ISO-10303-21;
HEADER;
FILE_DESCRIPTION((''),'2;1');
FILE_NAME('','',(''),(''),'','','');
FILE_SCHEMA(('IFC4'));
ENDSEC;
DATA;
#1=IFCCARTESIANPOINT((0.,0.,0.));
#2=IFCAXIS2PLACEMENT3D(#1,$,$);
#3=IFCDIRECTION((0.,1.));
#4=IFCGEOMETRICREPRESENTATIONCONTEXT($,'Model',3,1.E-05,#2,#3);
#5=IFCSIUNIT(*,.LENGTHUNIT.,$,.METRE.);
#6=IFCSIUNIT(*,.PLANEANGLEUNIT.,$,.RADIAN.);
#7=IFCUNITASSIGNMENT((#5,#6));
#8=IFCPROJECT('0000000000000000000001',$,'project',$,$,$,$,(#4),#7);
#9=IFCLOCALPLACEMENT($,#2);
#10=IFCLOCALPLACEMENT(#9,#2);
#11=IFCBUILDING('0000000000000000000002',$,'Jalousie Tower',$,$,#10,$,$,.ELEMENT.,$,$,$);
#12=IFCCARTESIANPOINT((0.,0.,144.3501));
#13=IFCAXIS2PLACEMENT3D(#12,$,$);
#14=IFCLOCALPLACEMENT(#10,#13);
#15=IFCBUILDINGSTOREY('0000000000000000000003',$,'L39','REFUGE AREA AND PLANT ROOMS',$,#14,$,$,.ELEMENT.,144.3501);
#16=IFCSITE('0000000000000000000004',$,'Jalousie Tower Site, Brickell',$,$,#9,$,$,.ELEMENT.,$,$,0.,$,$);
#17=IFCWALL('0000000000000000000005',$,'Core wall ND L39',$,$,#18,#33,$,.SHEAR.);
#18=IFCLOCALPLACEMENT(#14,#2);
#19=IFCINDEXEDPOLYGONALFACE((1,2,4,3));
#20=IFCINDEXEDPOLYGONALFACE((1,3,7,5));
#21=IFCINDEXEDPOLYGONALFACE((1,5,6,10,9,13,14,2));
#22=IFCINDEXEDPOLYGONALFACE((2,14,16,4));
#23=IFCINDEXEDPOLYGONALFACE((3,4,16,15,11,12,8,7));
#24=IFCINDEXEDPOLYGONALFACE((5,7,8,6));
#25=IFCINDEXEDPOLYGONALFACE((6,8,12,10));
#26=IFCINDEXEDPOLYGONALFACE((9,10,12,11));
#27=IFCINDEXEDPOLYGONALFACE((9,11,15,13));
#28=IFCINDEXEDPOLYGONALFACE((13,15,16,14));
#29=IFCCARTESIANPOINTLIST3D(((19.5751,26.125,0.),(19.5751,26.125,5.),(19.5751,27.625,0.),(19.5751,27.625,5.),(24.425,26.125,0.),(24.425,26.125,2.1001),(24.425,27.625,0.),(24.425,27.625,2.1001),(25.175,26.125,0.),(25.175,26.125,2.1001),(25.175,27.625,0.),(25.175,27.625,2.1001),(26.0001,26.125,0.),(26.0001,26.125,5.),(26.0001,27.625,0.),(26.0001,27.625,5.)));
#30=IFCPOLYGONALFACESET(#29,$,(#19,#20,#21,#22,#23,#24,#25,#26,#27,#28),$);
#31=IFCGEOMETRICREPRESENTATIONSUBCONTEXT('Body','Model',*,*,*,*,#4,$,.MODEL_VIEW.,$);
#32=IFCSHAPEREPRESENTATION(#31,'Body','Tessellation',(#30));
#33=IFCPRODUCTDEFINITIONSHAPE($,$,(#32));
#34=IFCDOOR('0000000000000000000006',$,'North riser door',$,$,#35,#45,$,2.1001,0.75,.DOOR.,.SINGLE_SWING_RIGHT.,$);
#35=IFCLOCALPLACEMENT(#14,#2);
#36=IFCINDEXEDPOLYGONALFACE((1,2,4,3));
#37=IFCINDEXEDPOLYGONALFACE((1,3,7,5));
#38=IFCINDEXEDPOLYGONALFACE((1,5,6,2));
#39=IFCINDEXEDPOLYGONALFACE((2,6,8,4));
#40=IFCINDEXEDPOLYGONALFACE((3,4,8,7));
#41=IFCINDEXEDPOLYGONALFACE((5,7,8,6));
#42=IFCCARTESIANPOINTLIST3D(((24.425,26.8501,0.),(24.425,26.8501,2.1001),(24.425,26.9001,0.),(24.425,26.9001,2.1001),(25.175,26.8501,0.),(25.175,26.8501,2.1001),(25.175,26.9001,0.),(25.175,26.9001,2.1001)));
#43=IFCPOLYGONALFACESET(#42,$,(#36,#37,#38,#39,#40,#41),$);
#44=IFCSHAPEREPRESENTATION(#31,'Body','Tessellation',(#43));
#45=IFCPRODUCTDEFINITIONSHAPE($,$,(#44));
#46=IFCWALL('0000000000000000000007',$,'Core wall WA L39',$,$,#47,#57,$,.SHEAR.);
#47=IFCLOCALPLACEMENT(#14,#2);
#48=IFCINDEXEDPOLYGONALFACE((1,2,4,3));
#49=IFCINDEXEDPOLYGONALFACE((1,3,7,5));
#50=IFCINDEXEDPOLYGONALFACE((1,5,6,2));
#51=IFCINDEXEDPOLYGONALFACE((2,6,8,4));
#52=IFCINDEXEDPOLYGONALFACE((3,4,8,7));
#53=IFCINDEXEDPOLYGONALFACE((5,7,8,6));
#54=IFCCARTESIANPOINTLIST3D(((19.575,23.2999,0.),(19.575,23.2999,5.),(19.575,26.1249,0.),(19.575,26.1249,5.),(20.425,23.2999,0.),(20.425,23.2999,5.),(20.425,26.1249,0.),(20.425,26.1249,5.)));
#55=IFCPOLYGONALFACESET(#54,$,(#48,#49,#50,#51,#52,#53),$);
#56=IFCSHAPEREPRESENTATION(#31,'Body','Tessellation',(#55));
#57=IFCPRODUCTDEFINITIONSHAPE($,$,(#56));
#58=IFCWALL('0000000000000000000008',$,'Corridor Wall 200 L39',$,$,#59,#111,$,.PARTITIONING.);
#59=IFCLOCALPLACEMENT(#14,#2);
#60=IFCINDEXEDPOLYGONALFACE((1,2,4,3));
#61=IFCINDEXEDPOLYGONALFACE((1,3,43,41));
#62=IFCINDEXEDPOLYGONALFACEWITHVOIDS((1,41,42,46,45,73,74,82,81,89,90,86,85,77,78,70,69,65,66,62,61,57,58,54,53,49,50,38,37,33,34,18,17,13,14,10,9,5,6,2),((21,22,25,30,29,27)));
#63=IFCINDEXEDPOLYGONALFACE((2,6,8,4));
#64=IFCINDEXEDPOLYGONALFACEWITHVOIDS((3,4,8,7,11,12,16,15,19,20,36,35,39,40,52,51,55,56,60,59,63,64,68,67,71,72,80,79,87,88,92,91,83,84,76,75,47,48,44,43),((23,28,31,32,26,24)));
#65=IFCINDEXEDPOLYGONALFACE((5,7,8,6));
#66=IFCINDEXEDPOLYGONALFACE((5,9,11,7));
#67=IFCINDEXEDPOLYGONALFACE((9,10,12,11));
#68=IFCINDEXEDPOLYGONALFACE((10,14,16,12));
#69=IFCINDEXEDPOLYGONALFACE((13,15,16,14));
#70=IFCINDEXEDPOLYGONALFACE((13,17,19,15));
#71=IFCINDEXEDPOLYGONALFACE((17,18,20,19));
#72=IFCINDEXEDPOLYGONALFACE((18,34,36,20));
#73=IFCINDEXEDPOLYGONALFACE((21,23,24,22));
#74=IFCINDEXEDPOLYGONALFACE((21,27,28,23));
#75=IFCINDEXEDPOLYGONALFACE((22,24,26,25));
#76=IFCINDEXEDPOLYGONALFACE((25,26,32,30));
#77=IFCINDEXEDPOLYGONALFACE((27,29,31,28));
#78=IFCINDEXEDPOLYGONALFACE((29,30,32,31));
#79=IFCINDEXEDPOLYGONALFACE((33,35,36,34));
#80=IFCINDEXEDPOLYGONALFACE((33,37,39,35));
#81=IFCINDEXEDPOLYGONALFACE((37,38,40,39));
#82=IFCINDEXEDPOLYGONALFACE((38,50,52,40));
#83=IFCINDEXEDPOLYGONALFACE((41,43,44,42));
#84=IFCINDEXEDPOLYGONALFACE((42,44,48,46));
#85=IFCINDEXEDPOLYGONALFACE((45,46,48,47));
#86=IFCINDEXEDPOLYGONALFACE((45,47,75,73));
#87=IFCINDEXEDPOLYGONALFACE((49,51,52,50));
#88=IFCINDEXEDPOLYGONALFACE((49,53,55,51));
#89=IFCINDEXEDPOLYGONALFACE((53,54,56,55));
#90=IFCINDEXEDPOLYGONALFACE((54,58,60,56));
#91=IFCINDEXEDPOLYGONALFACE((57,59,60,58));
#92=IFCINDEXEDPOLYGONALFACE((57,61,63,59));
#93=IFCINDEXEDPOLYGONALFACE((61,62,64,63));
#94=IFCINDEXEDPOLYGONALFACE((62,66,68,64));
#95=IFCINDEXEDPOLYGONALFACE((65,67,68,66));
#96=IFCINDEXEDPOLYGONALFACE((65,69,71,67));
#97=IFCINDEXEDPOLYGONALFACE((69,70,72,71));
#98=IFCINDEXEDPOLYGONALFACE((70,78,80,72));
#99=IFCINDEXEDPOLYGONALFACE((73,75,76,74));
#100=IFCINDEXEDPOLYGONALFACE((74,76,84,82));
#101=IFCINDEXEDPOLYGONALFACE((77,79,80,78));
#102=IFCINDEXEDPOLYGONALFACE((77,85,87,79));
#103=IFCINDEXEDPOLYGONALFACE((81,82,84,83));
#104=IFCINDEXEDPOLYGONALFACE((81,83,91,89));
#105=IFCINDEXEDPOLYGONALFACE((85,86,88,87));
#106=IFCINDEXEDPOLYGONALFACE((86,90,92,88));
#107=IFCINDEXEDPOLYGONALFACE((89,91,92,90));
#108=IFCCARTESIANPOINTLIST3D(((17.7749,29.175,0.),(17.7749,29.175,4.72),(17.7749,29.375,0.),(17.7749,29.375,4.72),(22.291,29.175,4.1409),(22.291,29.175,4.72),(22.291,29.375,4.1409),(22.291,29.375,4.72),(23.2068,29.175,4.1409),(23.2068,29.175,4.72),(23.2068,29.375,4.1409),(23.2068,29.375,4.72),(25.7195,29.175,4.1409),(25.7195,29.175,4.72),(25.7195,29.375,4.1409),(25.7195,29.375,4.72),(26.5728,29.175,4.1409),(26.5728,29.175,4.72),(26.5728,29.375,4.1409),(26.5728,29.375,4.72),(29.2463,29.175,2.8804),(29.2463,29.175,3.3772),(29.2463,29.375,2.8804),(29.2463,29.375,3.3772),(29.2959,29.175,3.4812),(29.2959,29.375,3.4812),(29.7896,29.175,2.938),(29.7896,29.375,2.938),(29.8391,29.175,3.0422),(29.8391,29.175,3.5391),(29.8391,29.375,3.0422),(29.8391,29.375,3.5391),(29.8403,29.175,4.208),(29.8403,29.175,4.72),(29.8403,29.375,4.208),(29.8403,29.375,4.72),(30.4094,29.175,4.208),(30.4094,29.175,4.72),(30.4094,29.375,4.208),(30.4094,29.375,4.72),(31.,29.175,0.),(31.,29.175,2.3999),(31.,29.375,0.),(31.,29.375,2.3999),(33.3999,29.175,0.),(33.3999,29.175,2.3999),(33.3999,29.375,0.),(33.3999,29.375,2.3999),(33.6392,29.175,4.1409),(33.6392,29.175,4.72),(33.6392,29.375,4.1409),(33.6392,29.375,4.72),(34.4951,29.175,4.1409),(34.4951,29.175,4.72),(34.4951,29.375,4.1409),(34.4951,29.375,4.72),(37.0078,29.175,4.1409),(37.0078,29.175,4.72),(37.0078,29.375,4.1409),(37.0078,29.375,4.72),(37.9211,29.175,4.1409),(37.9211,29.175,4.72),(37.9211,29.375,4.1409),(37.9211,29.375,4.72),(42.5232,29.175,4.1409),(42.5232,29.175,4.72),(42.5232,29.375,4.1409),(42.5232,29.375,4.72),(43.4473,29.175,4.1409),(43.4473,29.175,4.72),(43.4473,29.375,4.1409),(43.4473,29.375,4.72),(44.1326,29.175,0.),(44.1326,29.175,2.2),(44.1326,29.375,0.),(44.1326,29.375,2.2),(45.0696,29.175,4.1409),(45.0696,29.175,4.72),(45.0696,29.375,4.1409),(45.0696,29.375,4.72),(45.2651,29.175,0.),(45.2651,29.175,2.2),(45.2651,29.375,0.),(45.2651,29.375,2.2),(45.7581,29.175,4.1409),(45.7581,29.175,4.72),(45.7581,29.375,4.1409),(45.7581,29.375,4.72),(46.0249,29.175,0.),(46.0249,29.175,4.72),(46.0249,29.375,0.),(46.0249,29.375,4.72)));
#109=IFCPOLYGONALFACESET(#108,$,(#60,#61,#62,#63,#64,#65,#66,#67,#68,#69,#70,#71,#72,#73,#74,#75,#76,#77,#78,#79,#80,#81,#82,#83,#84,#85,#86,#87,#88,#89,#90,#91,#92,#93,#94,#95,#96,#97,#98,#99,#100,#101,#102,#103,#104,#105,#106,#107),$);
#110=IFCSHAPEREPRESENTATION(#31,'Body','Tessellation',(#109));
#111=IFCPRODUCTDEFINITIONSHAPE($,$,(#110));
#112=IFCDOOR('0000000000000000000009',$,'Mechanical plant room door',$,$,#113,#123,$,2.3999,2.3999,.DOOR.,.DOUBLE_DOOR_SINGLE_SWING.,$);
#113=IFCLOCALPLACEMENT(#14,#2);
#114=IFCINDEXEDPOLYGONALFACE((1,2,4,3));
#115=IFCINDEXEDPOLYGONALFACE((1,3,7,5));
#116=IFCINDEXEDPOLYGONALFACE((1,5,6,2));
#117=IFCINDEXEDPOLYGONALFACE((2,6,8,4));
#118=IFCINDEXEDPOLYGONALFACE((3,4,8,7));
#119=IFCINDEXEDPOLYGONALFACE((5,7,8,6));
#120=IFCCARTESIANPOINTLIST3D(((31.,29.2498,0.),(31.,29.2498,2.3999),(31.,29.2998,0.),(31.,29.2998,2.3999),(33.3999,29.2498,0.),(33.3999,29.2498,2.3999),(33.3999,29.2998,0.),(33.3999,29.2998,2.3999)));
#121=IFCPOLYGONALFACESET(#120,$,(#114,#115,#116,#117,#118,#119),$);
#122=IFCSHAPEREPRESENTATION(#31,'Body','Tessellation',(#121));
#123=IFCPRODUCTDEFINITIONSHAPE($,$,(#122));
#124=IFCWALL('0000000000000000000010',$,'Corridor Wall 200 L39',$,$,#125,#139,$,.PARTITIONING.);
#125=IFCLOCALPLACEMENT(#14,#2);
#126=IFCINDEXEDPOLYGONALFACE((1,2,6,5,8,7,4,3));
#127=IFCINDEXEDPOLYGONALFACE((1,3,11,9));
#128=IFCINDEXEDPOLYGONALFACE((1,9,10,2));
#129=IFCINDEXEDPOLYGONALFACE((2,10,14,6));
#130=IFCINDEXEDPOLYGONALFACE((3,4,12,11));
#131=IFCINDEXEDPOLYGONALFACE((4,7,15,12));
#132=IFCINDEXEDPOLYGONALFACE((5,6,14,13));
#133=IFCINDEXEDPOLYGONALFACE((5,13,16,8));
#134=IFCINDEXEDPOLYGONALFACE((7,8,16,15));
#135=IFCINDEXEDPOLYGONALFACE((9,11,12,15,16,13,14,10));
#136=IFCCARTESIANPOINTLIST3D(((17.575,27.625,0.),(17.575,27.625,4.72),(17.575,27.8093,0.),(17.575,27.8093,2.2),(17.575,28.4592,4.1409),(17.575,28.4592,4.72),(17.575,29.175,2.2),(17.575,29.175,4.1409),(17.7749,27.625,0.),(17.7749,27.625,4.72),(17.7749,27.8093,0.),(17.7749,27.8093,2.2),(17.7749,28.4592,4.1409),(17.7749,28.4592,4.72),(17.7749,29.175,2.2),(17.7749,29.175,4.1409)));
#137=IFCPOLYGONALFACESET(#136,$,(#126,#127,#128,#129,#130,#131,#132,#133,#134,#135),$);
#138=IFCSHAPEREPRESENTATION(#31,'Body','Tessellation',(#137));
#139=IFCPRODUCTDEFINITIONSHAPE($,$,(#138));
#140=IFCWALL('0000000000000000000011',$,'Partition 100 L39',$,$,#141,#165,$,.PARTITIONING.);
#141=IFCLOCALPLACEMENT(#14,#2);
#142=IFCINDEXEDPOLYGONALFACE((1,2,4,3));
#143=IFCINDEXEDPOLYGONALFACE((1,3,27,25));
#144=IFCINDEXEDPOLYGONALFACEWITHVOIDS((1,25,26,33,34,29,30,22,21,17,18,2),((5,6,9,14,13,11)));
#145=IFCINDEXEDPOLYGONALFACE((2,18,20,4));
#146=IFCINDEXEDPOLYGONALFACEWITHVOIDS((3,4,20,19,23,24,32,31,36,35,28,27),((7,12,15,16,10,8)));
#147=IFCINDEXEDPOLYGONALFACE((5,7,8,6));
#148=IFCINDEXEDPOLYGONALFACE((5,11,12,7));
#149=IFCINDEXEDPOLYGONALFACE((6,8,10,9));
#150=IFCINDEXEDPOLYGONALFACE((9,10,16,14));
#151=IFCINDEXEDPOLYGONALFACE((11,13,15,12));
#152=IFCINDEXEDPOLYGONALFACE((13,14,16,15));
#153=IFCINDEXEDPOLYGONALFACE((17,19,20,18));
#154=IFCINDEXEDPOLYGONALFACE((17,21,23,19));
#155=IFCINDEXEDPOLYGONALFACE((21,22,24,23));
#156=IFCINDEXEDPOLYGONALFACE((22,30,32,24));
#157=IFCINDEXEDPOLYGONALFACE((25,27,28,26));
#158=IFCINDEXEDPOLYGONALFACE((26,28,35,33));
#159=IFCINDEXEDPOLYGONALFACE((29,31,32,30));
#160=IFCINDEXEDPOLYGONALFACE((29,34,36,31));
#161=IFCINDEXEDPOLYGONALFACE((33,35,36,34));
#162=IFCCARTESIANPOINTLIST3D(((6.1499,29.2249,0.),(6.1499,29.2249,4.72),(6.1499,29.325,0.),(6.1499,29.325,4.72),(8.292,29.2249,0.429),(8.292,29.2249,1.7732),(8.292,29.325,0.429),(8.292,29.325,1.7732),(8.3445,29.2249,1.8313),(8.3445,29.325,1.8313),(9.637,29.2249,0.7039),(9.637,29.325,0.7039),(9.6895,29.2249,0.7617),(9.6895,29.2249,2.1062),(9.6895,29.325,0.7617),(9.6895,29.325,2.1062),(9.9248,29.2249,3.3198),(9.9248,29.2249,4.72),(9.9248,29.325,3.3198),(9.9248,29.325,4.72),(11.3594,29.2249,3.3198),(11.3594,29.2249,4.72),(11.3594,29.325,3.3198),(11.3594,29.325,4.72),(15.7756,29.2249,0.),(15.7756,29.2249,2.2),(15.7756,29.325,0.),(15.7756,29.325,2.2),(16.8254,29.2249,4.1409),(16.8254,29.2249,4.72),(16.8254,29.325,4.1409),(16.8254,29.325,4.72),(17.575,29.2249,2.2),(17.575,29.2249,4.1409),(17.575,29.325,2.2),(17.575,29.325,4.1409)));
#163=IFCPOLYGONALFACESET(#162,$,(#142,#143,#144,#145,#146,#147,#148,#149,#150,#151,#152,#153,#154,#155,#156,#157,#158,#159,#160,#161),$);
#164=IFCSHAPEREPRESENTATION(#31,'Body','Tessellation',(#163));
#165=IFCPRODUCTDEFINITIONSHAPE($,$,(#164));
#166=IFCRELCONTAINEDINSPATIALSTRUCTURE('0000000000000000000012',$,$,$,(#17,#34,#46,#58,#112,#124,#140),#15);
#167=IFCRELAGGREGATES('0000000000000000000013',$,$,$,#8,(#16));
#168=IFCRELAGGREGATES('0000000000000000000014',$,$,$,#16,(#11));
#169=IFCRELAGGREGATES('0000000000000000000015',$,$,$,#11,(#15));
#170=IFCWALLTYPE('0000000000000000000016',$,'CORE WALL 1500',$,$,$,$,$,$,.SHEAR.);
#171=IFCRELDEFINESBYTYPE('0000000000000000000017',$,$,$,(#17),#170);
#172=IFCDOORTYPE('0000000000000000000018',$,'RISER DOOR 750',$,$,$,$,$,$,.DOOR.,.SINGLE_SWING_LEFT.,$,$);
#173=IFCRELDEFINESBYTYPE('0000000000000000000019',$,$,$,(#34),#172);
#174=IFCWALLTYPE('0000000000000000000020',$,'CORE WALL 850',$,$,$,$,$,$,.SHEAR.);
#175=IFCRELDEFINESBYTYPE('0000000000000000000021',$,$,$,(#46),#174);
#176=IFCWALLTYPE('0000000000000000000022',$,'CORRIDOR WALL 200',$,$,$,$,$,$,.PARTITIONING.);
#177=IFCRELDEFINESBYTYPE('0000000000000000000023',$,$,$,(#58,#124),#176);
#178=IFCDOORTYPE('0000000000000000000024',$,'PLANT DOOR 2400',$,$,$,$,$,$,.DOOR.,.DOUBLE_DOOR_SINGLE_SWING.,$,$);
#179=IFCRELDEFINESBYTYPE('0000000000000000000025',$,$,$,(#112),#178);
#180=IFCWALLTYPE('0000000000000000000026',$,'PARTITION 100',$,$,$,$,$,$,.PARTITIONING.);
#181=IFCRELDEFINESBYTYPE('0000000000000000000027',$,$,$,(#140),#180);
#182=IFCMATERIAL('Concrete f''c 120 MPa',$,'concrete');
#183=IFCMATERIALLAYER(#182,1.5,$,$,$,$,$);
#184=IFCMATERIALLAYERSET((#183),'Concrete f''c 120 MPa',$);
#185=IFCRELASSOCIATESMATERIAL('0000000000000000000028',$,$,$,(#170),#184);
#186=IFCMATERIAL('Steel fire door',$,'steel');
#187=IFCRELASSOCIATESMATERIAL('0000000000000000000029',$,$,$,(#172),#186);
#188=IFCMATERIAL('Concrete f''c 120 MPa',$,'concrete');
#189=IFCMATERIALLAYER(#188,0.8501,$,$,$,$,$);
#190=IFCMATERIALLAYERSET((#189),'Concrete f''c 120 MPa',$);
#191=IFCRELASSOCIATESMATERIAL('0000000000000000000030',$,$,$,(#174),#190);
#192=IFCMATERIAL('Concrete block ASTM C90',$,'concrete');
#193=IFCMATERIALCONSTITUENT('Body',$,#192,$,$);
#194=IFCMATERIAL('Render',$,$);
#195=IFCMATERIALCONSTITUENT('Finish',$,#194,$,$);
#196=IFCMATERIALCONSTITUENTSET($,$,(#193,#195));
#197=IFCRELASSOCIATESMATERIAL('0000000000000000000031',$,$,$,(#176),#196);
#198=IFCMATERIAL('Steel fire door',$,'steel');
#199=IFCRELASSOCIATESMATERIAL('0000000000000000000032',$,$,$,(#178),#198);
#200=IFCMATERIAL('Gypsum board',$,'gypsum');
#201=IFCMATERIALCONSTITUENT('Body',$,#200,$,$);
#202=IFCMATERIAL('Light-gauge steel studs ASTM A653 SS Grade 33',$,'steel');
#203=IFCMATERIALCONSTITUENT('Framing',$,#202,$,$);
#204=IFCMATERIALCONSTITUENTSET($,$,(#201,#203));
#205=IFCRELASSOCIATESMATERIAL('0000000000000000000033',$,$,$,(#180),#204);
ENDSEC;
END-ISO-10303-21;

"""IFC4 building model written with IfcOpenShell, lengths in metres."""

from ifc_helpers import new_model, si_unit, direction, frame, frame_2d, origin, place, context, subcontext, project, spatial, polyline, rectangle, outline, extrude, material, layer, layer_set, constituent, constituent_set, type_object, element, fill, save


model = new_model("IFC4")

# Units and contexts
model_context = context("Model", 3, precision=1e-05, world=origin(), true_north=direction((0.0, 1.0)))
body_context = subcontext(model_context, "Body", "Model", "MODEL_VIEW")
ifc_project = project(units=[si_unit("LENGTHUNIT", "METRE"), si_unit("PLANEANGLEUNIT", "RADIAN")], contexts=[model_context])

# Site, building, storey
site_placement = place(None, origin())
site = spatial("IfcSite", under=ifc_project, at=site_placement, Name="Jalousie Tower Site, Brickell", CompositionType="ELEMENT", RefElevation=0.0)
building_placement = place(site_placement, origin())
building = spatial("IfcBuilding", under=site, at=building_placement, Name="Jalousie Tower", CompositionType="ELEMENT")
storey_placement = place(building_placement, frame((0.0, 0.0, 144.3501)))
storey = spatial("IfcBuildingStorey", under=building, at=storey_placement, Name="L39", Description="REFUGE AREA AND PLANT ROOMS", CompositionType="ELEMENT", Elevation=144.3501)

# Wall, opening, door
ifc_material_1 = material(Name="Concrete f'c 120 MPa", Category="concrete")
ifc_layer_1 = layer(ifc_material_1, 1.5)
ifc_layer_set_1 = layer_set([ifc_layer_1], Name="Concrete f'c 120 MPa")
wall_type_1 = type_object("IfcWallType", Name="CORE WALL 1500", PredefinedType="SHEAR", material=ifc_layer_set_1)
wall_1_placement = place(storey_placement, frame((26.0, 26.875, 0.0), z_axis=(0.0, 0.0, 1.0), x_axis=(-1.0, 0.0, 0.0)))
wall_1 = element("IfcWall", 1, at=wall_1_placement, inside=storey, type_object=wall_type_1, Name="Core wall ND L39", PredefinedType="SHEAR", context=body_context, shape_type="SweptSolid", body=[
    extrude(rectangle(XDim=6.425, YDim=1.5, at=frame_2d((3.2124, 0.0))), origin(), (0.0, 0.0, 1.0), 5.0),
])
opening_1_placement = place(wall_1_placement, frame((0.825, 0.0, 0.0)))
opening_1 = element("IfcOpeningElement", 2, at=opening_1_placement, cuts=wall_1, PredefinedType="OPENING", context=body_context, shape_type="SweptSolid", body=[
    extrude(rectangle(XDim=0.75, YDim=2.1001, at=frame_2d((0.375, 1.05))), frame((0.0, 0.76, 0.0), z_axis=(0.0, -1.0, 0.0), x_axis=(1.0, 0.0, 0.0)), (0.0, 0.0, 1.0), 1.52),
])
ifc_material_2 = material(Name="Steel fire door", Category="steel")
door_type_1 = type_object("IfcDoorType", Name="RISER DOOR 750", OperationType="SINGLE_SWING_LEFT", PredefinedType="DOOR", material=ifc_material_2)
door_1_placement = place(opening_1_placement, origin())
door_1 = element("IfcDoor", 3, at=door_1_placement, inside=storey, type_object=door_type_1, Name="North riser door", OperationType="SINGLE_SWING_RIGHT", OverallHeight=2.1001, OverallWidth=0.75, PredefinedType="DOOR", context=body_context, shape_type="SweptSolid", body=[
    extrude(rectangle(XDim=0.75, YDim=2.1001, at=frame_2d((0.375, 1.05))), frame((0.0, 0.0249, 0.0), z_axis=(0.0, -1.0, 0.0), x_axis=(1.0, 0.0, 0.0)), (0.0, 0.0, 1.0), 0.05),
])
fill(opening_1, door_1)

# Wall
ifc_material_3 = material(Name="Concrete f'c 120 MPa", Category="concrete")
ifc_layer_2 = layer(ifc_material_3, 0.8501)
ifc_layer_set_2 = layer_set([ifc_layer_2], Name="Concrete f'c 120 MPa")
wall_type_2 = type_object("IfcWallType", Name="CORE WALL 850", PredefinedType="SHEAR", material=ifc_layer_set_2)
wall_2_placement = place(storey_placement, frame((20.0, 26.125, 0.0), z_axis=(0.0, 0.0, 1.0), x_axis=(0.0, -1.0, 0.0)))
element("IfcWall", 4, at=wall_2_placement, inside=storey, type_object=wall_type_2, Name="Core wall WA L39", PredefinedType="SHEAR", context=body_context, shape_type="SweptSolid", body=[
    extrude(rectangle(XDim=2.825, YDim=0.8501, at=frame_2d((1.4126, 0.0))), origin(), (0.0, 0.0, 1.0), 5.0),
])

# Wall, opening, door
ifc_material_4 = material(Name="Concrete block ASTM C90", Category="concrete")
ifc_constituent_1 = constituent(ifc_material_4, Name="Body")
ifc_material_5 = material(Name="Render")
ifc_constituent_2 = constituent(ifc_material_5, Name="Finish")
ifc_constituent_set_1 = constituent_set(constituents=[ifc_constituent_1, ifc_constituent_2])
wall_type_3 = type_object("IfcWallType", Name="CORRIDOR WALL 200", PredefinedType="PARTITIONING", material=ifc_constituent_set_1)
wall_3_placement = place(storey_placement, frame((17.7749, 29.2749, 0.0), z_axis=(0.0, 0.0, 1.0), x_axis=(1.0, 0.0, 0.0)))
wall_3 = element("IfcWall", 5, at=wall_3_placement, inside=storey, type_object=wall_type_3, Name="Corridor Wall 200 L39", PredefinedType="PARTITIONING", context=body_context, shape_type="SweptSolid", body=[
    extrude(outline(polyline([(28.25, 0.0), (28.25, 4.72), (27.9832, 4.72), (27.9832, 4.1409), (27.2947, 4.1409), (27.2947, 4.72), (25.6724, 4.72), (25.6724, 4.1409), (24.7483, 4.1409), (24.7483, 4.72), (20.1462, 4.72), (20.1462, 4.1409), (19.2329, 4.1409), (19.2329, 4.72), (16.7202, 4.72), (16.7202, 4.1409), (15.8643, 4.1409), (15.8643, 4.72), (12.6345, 4.72), (12.6345, 4.208), (12.0654, 4.208), (12.0654, 4.72), (8.7979, 4.72), (8.7979, 4.1409), (7.9446, 4.1409), (7.9446, 4.72), (5.4319, 4.72), (5.4319, 4.1409), (4.5161, 4.1409), (4.5161, 4.72), (0.0, 4.72), (0.0, 0.0), (26.3577, 0.0), (26.3577, 2.2), (27.4902, 2.2), (27.4902, 0.0), (28.25, 0.0)]), holes=[polyline([(11.4714, 3.3772), (11.521, 3.4812), (12.0642, 3.5391), (12.0642, 3.0422), (12.0146, 2.938), (11.4714, 2.8804), (11.4714, 3.3772)])]), frame((0.0, 0.1001, 0.0), z_axis=(0.0, -1.0, 0.0), x_axis=(1.0, 0.0, 0.0)), (0.0, 0.0, 1.0), 0.2),
])
opening_2_placement = place(wall_3_placement, frame((13.2251, 0.0, 0.0)))
opening_2 = element("IfcOpeningElement", 6, at=opening_2_placement, cuts=wall_3, PredefinedType="OPENING", context=body_context, shape_type="SweptSolid", body=[
    extrude(rectangle(XDim=2.3999, YDim=2.3999, at=frame_2d((1.2, 1.2))), frame((0.0, 0.1099, 0.0), z_axis=(0.0, -1.0, 0.0), x_axis=(1.0, 0.0, 0.0)), (0.0, 0.0, 1.0), 0.22),
])
ifc_material_6 = material(Name="Steel fire door", Category="steel")
door_type_2 = type_object("IfcDoorType", Name="PLANT DOOR 2400", OperationType="DOUBLE_DOOR_SINGLE_SWING", PredefinedType="DOOR", material=ifc_material_6)
door_2_placement = place(opening_2_placement, origin())
door_2 = element("IfcDoor", 7, at=door_2_placement, inside=storey, type_object=door_type_2, Name="Mechanical plant room door", OperationType="DOUBLE_DOOR_SINGLE_SWING", OverallHeight=2.3999, OverallWidth=2.3999, PredefinedType="DOOR", context=body_context, shape_type="SweptSolid", body=[
    extrude(rectangle(XDim=2.3999, YDim=2.3999, at=frame_2d((1.2, 1.2))), frame((0.0, 0.0249, 0.0), z_axis=(0.0, -1.0, 0.0), x_axis=(1.0, 0.0, 0.0)), (0.0, 0.0, 1.0), 0.05),
])
fill(opening_2, door_2)

# Walls
wall_4_placement = place(storey_placement, frame((17.675, 27.625, 0.0), z_axis=(0.0, 0.0, 1.0), x_axis=(0.0, 1.0, 0.0)))
element("IfcWall", 8, at=wall_4_placement, inside=storey, type_object=wall_type_3, Name="Corridor Wall 200 L39", PredefinedType="PARTITIONING", context=body_context, shape_type="SweptSolid", body=[
    extrude(outline(polyline([(0.1843, 2.2), (1.55, 2.2), (1.55, 4.1409), (0.8342, 4.1409), (0.8342, 4.72), (0.0, 4.72), (0.0, 0.0), (0.1843, 0.0), (0.1843, 2.2)])), frame((0.0, 0.1001, 0.0), z_axis=(0.0, -1.0, 0.0), x_axis=(1.0, 0.0, 0.0)), (0.0, 0.0, 1.0), 0.2),
])
ifc_material_7 = material(Name="Gypsum board", Category="gypsum")
ifc_constituent_3 = constituent(ifc_material_7, Name="Body")
ifc_material_8 = material(Name="Light-gauge steel studs ASTM A653 SS Grade 33", Category="steel")
ifc_constituent_4 = constituent(ifc_material_8, Name="Framing")
ifc_constituent_set_2 = constituent_set(constituents=[ifc_constituent_3, ifc_constituent_4])
wall_type_4 = type_object("IfcWallType", Name="PARTITION 100", PredefinedType="PARTITIONING", material=ifc_constituent_set_2)
wall_5_placement = place(storey_placement, frame((6.1499, 29.2749, 0.0), z_axis=(0.0, 0.0, 1.0), x_axis=(1.0, 0.0, 0.0)))
element("IfcWall", 9, at=wall_5_placement, inside=storey, type_object=wall_type_4, Name="Partition 100 L39", PredefinedType="PARTITIONING", context=body_context, shape_type="SweptSolid", body=[
    extrude(outline(polyline([(9.6257, 2.2), (11.425, 2.2), (11.425, 4.1409), (10.6755, 4.1409), (10.6755, 4.72), (5.2095, 4.72), (5.2095, 3.3198), (3.7749, 3.3198), (3.7749, 4.72), (0.0, 4.72), (0.0, 0.0), (9.6257, 0.0), (9.6257, 2.2)]), holes=[polyline([(2.1421, 0.429), (2.1421, 1.7732), (2.1946, 1.8313), (3.5396, 2.1062), (3.5396, 0.7617), (3.4871, 0.7039), (2.1421, 0.429)])]), frame((0.0, 0.05, 0.0), z_axis=(0.0, -1.0, 0.0), x_axis=(1.0, 0.0, 0.0)), (0.0, 0.0, 1.0), 0.1001),
])

save(model, "model.ifc")
